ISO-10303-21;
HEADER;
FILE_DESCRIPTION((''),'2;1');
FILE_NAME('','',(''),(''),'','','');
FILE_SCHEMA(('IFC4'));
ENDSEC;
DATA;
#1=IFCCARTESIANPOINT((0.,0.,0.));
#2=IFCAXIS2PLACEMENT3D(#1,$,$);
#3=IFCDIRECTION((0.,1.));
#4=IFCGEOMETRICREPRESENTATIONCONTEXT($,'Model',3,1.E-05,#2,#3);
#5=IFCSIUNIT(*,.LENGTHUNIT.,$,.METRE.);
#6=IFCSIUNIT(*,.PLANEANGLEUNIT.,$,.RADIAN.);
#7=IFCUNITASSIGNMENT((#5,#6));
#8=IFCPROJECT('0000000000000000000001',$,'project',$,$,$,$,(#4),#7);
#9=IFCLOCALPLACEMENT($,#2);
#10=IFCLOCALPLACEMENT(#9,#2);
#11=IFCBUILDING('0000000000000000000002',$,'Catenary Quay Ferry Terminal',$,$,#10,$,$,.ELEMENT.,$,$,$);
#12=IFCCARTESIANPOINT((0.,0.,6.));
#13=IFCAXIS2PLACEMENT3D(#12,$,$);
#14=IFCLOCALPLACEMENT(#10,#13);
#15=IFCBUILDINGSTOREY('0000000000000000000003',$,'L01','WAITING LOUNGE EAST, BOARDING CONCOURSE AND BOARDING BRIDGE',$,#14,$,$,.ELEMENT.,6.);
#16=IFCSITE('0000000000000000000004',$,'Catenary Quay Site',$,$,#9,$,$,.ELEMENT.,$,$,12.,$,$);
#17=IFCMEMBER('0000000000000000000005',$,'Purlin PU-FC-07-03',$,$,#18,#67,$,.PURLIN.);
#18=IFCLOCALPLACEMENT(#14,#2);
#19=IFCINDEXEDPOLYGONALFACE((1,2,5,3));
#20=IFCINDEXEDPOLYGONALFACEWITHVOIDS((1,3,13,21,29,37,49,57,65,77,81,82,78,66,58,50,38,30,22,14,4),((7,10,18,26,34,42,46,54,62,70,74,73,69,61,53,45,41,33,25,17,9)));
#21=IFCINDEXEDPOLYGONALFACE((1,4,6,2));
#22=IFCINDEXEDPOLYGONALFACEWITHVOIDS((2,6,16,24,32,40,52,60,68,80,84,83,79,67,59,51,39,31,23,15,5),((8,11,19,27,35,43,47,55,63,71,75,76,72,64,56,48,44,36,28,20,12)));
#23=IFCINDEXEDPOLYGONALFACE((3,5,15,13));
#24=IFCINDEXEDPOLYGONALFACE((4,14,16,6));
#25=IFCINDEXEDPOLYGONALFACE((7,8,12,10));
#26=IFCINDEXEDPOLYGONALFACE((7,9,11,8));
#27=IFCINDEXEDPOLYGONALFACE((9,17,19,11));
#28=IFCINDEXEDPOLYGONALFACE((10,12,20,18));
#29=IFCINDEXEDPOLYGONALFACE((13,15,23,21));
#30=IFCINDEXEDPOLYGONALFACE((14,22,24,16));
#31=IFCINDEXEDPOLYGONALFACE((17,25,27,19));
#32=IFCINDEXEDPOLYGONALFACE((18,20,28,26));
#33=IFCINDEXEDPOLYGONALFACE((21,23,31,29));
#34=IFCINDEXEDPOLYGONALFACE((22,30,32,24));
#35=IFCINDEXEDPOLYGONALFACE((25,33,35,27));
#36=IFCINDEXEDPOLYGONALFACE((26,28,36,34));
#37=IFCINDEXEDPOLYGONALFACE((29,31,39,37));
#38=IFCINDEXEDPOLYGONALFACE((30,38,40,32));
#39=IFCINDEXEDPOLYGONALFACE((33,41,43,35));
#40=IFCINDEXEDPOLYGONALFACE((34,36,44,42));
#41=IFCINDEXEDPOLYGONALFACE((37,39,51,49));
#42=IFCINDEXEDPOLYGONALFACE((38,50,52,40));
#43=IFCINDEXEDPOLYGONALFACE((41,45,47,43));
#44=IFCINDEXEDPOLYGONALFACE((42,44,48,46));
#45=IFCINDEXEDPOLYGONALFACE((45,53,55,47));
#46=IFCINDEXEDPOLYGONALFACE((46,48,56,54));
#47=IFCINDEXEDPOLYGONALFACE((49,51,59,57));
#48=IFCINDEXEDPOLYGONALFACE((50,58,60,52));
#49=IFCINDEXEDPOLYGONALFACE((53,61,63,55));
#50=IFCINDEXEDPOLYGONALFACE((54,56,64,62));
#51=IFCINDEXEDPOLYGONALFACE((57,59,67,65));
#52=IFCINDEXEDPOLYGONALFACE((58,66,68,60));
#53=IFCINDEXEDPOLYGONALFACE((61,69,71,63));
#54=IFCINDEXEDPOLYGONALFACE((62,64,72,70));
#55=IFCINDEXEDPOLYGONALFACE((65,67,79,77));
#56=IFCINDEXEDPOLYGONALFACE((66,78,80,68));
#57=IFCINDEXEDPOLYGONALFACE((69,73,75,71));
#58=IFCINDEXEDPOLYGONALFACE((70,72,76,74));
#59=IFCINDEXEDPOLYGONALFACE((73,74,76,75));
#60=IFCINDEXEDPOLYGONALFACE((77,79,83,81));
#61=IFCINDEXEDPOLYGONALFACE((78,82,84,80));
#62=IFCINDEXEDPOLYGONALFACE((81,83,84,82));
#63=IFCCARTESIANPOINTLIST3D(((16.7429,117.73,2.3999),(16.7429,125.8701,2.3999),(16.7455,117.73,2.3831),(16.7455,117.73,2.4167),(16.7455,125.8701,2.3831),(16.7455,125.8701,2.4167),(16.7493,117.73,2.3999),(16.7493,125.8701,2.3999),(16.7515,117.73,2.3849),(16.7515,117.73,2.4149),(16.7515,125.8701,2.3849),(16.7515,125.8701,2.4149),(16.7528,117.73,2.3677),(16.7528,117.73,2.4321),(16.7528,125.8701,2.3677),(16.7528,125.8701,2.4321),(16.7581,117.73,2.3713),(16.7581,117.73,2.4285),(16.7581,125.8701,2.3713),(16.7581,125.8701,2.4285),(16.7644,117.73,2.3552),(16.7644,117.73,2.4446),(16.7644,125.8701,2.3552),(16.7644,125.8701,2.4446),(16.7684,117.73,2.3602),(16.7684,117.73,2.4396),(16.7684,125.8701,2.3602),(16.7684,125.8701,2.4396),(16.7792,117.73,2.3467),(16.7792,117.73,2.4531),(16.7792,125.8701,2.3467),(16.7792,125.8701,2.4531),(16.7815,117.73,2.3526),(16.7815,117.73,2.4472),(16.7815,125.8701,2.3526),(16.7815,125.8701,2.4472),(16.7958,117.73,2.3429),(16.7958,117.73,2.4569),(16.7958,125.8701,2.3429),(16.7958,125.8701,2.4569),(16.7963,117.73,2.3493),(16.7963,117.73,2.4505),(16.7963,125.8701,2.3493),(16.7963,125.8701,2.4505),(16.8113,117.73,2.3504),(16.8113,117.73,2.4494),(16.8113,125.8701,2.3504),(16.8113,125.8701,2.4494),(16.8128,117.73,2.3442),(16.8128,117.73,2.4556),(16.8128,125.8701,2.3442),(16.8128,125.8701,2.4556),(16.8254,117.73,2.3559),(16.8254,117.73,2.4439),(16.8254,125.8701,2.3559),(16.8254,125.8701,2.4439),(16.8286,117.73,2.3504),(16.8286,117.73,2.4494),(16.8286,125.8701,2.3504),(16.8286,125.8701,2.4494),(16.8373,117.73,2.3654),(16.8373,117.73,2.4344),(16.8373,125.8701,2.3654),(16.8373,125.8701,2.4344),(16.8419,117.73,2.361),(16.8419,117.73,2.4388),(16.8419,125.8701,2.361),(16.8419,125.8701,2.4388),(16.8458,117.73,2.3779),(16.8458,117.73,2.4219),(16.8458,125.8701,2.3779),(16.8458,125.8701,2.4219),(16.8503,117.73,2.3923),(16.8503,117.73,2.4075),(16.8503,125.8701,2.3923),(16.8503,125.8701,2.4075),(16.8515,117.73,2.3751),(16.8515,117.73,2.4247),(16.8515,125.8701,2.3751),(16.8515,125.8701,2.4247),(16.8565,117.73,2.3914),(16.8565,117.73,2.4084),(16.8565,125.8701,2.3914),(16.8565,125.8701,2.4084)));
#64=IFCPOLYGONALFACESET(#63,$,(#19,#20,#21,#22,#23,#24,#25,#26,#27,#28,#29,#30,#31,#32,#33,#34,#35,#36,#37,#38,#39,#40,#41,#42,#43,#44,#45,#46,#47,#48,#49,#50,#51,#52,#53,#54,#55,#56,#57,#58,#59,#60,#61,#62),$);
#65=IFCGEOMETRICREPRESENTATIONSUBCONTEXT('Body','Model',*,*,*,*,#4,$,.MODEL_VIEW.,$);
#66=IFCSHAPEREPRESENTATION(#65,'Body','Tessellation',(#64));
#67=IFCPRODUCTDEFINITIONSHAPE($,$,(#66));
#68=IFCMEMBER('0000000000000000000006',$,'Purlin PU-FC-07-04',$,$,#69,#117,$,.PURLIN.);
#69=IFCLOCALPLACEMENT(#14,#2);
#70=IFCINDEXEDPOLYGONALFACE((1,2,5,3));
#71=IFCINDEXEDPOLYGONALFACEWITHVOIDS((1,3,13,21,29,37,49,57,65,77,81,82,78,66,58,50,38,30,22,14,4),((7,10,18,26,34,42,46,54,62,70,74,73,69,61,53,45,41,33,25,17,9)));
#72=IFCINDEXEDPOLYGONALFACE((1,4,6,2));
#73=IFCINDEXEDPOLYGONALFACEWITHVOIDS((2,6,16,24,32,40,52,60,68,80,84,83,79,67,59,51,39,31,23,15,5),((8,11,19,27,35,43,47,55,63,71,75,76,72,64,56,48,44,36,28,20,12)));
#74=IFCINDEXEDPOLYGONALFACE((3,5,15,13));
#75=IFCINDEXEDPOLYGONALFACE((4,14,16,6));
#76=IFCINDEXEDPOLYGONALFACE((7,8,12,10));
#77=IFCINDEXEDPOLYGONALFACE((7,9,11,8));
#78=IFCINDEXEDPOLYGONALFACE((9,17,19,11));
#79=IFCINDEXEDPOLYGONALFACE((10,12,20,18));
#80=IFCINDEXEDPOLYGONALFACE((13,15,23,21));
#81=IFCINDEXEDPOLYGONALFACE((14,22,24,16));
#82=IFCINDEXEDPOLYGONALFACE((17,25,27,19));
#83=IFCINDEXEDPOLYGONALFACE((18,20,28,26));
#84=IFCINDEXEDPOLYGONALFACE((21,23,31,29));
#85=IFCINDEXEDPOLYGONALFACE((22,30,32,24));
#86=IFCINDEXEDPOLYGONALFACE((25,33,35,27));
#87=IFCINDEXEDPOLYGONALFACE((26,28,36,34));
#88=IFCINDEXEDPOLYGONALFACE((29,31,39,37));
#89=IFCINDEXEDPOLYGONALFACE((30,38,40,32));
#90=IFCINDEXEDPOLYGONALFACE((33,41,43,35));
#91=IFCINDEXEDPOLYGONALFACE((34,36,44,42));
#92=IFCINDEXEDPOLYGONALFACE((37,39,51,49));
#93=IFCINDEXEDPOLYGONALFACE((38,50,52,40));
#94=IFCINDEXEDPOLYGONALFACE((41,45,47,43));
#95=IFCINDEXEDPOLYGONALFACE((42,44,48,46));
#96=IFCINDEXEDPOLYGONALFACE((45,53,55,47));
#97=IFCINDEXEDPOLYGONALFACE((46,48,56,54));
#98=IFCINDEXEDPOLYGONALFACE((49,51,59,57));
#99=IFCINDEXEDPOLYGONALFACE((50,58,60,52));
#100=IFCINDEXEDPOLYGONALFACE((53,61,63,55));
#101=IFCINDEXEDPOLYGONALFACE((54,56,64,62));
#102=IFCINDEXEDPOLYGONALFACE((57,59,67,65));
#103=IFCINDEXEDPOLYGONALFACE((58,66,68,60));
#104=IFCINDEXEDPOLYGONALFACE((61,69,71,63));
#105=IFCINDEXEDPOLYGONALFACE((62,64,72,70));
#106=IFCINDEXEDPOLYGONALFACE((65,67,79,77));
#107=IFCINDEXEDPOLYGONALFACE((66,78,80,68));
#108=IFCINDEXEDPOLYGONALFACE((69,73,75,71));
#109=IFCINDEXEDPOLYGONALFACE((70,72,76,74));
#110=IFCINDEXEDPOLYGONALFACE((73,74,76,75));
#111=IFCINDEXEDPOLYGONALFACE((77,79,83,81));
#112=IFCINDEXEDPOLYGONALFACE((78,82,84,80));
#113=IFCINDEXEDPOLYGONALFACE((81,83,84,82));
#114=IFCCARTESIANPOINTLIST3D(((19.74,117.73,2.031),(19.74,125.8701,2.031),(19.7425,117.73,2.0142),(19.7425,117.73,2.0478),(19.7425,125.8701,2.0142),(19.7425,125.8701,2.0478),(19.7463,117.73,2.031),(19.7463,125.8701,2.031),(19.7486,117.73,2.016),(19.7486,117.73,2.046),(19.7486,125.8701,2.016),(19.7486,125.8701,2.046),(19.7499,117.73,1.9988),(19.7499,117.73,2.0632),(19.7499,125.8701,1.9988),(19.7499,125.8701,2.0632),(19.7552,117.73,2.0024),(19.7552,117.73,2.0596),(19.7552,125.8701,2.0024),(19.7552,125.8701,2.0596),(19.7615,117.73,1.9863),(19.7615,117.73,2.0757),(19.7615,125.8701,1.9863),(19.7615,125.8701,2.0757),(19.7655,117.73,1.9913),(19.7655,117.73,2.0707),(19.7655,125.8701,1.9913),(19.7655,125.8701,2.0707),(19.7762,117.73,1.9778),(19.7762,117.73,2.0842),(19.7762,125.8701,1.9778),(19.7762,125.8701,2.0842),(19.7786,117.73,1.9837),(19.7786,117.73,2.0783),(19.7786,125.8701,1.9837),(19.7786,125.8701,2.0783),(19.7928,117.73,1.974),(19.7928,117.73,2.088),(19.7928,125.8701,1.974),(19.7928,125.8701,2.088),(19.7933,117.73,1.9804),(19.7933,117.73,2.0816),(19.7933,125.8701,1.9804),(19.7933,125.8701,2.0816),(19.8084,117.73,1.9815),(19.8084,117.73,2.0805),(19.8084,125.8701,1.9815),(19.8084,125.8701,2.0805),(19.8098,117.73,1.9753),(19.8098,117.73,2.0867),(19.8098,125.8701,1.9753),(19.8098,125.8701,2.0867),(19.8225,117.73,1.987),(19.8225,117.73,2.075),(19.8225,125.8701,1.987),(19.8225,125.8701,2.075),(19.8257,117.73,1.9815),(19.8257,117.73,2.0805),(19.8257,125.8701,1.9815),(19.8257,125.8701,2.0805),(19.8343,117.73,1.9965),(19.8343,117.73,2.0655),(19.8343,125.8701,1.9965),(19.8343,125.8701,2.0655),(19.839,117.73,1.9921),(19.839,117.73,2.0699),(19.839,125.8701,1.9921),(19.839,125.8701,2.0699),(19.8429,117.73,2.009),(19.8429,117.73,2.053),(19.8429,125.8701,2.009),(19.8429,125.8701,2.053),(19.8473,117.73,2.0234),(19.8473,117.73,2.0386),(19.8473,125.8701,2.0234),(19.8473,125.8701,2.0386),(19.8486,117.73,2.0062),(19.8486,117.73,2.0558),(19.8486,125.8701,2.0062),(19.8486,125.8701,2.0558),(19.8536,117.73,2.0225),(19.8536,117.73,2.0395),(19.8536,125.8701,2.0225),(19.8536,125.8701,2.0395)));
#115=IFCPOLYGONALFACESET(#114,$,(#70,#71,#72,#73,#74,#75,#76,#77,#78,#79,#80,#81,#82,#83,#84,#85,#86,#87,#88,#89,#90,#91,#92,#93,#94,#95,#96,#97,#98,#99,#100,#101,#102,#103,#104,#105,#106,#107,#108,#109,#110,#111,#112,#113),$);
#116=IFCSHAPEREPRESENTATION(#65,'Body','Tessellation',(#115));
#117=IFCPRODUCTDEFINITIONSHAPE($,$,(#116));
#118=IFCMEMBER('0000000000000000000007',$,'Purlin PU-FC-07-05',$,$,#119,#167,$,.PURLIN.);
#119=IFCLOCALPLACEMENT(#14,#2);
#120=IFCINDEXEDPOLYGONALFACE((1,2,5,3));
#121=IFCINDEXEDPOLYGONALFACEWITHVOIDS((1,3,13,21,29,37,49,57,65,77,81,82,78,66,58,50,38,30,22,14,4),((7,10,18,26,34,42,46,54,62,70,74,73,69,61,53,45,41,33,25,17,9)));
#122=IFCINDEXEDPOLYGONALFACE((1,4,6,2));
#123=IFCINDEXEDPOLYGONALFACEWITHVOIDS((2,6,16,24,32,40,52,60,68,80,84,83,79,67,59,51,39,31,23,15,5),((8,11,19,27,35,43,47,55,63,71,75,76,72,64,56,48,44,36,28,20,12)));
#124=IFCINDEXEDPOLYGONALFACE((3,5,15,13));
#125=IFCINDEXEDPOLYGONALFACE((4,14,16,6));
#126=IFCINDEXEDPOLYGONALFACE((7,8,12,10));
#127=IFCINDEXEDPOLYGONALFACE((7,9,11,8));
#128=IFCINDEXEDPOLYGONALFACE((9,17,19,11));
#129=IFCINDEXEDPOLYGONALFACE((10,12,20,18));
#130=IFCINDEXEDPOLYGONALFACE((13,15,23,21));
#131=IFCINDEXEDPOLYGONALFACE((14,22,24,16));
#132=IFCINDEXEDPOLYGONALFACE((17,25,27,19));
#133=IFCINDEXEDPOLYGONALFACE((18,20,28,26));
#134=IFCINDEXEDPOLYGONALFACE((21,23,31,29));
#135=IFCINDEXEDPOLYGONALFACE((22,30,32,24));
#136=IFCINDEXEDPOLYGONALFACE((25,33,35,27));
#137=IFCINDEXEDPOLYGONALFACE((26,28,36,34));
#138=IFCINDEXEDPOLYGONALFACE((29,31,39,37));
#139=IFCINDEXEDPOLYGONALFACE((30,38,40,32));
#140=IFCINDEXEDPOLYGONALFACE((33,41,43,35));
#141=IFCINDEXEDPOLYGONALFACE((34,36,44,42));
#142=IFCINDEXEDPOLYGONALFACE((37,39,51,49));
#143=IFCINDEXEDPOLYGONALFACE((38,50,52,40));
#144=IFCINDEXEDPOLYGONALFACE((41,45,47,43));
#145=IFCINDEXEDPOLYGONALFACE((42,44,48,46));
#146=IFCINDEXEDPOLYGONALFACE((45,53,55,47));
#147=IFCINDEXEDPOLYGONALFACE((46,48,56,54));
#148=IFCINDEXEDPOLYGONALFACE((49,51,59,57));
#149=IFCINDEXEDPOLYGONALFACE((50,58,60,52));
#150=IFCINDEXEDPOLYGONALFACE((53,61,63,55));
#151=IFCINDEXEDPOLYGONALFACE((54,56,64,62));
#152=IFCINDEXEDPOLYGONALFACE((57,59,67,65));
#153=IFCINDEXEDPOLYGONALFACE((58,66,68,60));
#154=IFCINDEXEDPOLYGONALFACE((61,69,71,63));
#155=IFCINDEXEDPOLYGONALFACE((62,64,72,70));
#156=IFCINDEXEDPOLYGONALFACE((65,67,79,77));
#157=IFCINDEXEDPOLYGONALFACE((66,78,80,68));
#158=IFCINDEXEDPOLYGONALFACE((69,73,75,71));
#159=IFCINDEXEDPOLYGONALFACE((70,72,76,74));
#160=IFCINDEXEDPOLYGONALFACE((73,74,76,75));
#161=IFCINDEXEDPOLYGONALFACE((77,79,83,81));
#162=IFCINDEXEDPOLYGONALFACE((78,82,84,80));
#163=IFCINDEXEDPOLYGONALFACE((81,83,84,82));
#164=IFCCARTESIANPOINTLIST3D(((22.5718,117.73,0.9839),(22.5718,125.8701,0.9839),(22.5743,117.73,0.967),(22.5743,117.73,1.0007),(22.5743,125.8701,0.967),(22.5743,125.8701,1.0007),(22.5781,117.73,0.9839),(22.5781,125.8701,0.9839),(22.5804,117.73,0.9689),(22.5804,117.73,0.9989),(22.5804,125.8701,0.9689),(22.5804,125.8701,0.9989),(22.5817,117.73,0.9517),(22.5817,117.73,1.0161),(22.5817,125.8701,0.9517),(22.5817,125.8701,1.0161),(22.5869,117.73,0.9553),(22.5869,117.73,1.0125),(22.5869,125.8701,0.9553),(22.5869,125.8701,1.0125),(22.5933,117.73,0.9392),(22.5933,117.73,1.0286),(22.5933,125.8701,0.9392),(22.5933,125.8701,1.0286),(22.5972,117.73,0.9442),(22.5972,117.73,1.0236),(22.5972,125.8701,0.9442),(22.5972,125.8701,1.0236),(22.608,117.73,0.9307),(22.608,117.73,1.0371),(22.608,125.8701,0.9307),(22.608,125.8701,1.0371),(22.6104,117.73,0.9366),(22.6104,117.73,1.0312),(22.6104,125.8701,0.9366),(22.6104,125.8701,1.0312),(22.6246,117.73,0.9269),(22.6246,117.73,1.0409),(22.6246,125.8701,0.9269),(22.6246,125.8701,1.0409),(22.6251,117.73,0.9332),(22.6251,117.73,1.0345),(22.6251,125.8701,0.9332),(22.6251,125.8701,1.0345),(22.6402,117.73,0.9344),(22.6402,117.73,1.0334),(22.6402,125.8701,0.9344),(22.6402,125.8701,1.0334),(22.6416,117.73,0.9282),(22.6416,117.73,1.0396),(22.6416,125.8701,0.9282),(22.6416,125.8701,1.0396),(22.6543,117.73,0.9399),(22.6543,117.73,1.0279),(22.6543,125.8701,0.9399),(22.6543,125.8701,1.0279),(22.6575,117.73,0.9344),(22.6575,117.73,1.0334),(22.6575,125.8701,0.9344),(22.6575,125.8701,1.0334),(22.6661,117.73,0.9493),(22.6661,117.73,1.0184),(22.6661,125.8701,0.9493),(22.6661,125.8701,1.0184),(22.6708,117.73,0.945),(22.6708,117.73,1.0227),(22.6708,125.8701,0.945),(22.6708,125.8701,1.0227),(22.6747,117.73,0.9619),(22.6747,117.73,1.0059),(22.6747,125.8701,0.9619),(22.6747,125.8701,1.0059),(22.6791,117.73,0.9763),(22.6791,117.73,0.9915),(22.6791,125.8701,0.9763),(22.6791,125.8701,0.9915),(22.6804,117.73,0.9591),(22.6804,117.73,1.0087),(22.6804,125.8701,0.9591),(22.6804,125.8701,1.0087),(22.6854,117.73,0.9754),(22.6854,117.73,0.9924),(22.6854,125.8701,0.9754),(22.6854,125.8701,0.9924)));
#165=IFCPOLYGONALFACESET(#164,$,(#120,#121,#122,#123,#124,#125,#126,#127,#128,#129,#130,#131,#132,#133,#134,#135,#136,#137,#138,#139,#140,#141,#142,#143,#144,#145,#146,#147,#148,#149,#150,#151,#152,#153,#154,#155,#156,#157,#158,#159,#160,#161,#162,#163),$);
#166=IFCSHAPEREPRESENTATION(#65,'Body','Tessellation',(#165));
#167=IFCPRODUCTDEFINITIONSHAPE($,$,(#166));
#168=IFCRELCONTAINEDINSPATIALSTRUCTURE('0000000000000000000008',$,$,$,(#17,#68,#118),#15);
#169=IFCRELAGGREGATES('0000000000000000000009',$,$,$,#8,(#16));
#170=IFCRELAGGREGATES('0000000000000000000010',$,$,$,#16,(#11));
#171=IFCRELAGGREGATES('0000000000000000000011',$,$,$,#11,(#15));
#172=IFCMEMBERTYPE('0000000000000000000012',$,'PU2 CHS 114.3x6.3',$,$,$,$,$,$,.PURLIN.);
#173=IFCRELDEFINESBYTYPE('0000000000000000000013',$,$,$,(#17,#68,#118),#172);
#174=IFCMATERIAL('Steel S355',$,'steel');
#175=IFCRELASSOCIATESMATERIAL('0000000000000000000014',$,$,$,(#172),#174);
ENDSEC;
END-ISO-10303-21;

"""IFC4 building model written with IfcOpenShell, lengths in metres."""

from ifc_helpers import new_model, si_unit, direction, frame, origin, origin_2d, place, context, subcontext, project, spatial, hollow_circle, extrude, material, material_profile, profile_set, type_object, element, save


model = new_model("IFC4")

# Units and contexts
model_context = context("Model", 3, precision=1e-05, world=origin(), true_north=direction((0.0, 1.0)))
body_context = subcontext(model_context, "Body", "Model", "MODEL_VIEW")
ifc_project = project(units=[si_unit("LENGTHUNIT", "METRE"), si_unit("PLANEANGLEUNIT", "RADIAN")], contexts=[model_context])

# Site, building, storey
site_placement = place(None, origin())
site = spatial("IfcSite", under=ifc_project, at=site_placement, Name="Catenary Quay Site", CompositionType="ELEMENT", RefElevation=12.0)
building_placement = place(site_placement, origin())
building = spatial("IfcBuilding", under=site, at=building_placement, Name="Catenary Quay Ferry Terminal", CompositionType="ELEMENT")
storey_placement = place(building_placement, frame((0.0, 0.0, 6.0)))
storey = spatial("IfcBuildingStorey", under=building, at=storey_placement, Name="L01", Description="WAITING LOUNGE EAST, BOARDING CONCOURSE AND BOARDING BRIDGE", CompositionType="ELEMENT", Elevation=6.0)

# Members
ifc_material_1 = material(Name="Steel S355", Category="steel")
ifc_material_profile_1 = material_profile(ifc_material_1, hollow_circle(Radius=0.0571, WallThickness=0.0063, at=origin_2d()), Name="CHS 114.3x6.3")
ifc_profile_set_1 = profile_set([ifc_material_profile_1], Name="Steel S355")
member_type_1 = type_object("IfcMemberType", Name="PU2 CHS 114.3x6.3", PredefinedType="PURLIN", material=ifc_profile_set_1)
for number, where, z_axis, x_axis, name in (
    (1, (16.8, 117.73, 2.3999), (0.0, 1.0, 0.0), (-1.0, 0.0, 0.0), "Purlin PU-FC-07-03"),
    (2, (19.7971, 117.73, 2.031), (0.0, 1.0, 0.0), (-1.0, 0.0, 0.0), "Purlin PU-FC-07-04"),
    (3, (22.6289, 117.73, 0.9839), (0.0, 1.0, 0.0), (-1.0, 0.0, 0.0), "Purlin PU-FC-07-05"),
):
    element("IfcMember", number, at=place(storey_placement, frame(where, z_axis=z_axis, x_axis=x_axis)), inside=storey, type_object=member_type_1, Name=name, PredefinedType="PURLIN", context=body_context, shape_type="SweptSolid", body=[
        extrude(hollow_circle(Radius=0.0571, WallThickness=0.0063, at=origin_2d()), origin(), (0.0, 0.0, 1.0), 8.1401),
    ])

save(model, "model.ifc")
